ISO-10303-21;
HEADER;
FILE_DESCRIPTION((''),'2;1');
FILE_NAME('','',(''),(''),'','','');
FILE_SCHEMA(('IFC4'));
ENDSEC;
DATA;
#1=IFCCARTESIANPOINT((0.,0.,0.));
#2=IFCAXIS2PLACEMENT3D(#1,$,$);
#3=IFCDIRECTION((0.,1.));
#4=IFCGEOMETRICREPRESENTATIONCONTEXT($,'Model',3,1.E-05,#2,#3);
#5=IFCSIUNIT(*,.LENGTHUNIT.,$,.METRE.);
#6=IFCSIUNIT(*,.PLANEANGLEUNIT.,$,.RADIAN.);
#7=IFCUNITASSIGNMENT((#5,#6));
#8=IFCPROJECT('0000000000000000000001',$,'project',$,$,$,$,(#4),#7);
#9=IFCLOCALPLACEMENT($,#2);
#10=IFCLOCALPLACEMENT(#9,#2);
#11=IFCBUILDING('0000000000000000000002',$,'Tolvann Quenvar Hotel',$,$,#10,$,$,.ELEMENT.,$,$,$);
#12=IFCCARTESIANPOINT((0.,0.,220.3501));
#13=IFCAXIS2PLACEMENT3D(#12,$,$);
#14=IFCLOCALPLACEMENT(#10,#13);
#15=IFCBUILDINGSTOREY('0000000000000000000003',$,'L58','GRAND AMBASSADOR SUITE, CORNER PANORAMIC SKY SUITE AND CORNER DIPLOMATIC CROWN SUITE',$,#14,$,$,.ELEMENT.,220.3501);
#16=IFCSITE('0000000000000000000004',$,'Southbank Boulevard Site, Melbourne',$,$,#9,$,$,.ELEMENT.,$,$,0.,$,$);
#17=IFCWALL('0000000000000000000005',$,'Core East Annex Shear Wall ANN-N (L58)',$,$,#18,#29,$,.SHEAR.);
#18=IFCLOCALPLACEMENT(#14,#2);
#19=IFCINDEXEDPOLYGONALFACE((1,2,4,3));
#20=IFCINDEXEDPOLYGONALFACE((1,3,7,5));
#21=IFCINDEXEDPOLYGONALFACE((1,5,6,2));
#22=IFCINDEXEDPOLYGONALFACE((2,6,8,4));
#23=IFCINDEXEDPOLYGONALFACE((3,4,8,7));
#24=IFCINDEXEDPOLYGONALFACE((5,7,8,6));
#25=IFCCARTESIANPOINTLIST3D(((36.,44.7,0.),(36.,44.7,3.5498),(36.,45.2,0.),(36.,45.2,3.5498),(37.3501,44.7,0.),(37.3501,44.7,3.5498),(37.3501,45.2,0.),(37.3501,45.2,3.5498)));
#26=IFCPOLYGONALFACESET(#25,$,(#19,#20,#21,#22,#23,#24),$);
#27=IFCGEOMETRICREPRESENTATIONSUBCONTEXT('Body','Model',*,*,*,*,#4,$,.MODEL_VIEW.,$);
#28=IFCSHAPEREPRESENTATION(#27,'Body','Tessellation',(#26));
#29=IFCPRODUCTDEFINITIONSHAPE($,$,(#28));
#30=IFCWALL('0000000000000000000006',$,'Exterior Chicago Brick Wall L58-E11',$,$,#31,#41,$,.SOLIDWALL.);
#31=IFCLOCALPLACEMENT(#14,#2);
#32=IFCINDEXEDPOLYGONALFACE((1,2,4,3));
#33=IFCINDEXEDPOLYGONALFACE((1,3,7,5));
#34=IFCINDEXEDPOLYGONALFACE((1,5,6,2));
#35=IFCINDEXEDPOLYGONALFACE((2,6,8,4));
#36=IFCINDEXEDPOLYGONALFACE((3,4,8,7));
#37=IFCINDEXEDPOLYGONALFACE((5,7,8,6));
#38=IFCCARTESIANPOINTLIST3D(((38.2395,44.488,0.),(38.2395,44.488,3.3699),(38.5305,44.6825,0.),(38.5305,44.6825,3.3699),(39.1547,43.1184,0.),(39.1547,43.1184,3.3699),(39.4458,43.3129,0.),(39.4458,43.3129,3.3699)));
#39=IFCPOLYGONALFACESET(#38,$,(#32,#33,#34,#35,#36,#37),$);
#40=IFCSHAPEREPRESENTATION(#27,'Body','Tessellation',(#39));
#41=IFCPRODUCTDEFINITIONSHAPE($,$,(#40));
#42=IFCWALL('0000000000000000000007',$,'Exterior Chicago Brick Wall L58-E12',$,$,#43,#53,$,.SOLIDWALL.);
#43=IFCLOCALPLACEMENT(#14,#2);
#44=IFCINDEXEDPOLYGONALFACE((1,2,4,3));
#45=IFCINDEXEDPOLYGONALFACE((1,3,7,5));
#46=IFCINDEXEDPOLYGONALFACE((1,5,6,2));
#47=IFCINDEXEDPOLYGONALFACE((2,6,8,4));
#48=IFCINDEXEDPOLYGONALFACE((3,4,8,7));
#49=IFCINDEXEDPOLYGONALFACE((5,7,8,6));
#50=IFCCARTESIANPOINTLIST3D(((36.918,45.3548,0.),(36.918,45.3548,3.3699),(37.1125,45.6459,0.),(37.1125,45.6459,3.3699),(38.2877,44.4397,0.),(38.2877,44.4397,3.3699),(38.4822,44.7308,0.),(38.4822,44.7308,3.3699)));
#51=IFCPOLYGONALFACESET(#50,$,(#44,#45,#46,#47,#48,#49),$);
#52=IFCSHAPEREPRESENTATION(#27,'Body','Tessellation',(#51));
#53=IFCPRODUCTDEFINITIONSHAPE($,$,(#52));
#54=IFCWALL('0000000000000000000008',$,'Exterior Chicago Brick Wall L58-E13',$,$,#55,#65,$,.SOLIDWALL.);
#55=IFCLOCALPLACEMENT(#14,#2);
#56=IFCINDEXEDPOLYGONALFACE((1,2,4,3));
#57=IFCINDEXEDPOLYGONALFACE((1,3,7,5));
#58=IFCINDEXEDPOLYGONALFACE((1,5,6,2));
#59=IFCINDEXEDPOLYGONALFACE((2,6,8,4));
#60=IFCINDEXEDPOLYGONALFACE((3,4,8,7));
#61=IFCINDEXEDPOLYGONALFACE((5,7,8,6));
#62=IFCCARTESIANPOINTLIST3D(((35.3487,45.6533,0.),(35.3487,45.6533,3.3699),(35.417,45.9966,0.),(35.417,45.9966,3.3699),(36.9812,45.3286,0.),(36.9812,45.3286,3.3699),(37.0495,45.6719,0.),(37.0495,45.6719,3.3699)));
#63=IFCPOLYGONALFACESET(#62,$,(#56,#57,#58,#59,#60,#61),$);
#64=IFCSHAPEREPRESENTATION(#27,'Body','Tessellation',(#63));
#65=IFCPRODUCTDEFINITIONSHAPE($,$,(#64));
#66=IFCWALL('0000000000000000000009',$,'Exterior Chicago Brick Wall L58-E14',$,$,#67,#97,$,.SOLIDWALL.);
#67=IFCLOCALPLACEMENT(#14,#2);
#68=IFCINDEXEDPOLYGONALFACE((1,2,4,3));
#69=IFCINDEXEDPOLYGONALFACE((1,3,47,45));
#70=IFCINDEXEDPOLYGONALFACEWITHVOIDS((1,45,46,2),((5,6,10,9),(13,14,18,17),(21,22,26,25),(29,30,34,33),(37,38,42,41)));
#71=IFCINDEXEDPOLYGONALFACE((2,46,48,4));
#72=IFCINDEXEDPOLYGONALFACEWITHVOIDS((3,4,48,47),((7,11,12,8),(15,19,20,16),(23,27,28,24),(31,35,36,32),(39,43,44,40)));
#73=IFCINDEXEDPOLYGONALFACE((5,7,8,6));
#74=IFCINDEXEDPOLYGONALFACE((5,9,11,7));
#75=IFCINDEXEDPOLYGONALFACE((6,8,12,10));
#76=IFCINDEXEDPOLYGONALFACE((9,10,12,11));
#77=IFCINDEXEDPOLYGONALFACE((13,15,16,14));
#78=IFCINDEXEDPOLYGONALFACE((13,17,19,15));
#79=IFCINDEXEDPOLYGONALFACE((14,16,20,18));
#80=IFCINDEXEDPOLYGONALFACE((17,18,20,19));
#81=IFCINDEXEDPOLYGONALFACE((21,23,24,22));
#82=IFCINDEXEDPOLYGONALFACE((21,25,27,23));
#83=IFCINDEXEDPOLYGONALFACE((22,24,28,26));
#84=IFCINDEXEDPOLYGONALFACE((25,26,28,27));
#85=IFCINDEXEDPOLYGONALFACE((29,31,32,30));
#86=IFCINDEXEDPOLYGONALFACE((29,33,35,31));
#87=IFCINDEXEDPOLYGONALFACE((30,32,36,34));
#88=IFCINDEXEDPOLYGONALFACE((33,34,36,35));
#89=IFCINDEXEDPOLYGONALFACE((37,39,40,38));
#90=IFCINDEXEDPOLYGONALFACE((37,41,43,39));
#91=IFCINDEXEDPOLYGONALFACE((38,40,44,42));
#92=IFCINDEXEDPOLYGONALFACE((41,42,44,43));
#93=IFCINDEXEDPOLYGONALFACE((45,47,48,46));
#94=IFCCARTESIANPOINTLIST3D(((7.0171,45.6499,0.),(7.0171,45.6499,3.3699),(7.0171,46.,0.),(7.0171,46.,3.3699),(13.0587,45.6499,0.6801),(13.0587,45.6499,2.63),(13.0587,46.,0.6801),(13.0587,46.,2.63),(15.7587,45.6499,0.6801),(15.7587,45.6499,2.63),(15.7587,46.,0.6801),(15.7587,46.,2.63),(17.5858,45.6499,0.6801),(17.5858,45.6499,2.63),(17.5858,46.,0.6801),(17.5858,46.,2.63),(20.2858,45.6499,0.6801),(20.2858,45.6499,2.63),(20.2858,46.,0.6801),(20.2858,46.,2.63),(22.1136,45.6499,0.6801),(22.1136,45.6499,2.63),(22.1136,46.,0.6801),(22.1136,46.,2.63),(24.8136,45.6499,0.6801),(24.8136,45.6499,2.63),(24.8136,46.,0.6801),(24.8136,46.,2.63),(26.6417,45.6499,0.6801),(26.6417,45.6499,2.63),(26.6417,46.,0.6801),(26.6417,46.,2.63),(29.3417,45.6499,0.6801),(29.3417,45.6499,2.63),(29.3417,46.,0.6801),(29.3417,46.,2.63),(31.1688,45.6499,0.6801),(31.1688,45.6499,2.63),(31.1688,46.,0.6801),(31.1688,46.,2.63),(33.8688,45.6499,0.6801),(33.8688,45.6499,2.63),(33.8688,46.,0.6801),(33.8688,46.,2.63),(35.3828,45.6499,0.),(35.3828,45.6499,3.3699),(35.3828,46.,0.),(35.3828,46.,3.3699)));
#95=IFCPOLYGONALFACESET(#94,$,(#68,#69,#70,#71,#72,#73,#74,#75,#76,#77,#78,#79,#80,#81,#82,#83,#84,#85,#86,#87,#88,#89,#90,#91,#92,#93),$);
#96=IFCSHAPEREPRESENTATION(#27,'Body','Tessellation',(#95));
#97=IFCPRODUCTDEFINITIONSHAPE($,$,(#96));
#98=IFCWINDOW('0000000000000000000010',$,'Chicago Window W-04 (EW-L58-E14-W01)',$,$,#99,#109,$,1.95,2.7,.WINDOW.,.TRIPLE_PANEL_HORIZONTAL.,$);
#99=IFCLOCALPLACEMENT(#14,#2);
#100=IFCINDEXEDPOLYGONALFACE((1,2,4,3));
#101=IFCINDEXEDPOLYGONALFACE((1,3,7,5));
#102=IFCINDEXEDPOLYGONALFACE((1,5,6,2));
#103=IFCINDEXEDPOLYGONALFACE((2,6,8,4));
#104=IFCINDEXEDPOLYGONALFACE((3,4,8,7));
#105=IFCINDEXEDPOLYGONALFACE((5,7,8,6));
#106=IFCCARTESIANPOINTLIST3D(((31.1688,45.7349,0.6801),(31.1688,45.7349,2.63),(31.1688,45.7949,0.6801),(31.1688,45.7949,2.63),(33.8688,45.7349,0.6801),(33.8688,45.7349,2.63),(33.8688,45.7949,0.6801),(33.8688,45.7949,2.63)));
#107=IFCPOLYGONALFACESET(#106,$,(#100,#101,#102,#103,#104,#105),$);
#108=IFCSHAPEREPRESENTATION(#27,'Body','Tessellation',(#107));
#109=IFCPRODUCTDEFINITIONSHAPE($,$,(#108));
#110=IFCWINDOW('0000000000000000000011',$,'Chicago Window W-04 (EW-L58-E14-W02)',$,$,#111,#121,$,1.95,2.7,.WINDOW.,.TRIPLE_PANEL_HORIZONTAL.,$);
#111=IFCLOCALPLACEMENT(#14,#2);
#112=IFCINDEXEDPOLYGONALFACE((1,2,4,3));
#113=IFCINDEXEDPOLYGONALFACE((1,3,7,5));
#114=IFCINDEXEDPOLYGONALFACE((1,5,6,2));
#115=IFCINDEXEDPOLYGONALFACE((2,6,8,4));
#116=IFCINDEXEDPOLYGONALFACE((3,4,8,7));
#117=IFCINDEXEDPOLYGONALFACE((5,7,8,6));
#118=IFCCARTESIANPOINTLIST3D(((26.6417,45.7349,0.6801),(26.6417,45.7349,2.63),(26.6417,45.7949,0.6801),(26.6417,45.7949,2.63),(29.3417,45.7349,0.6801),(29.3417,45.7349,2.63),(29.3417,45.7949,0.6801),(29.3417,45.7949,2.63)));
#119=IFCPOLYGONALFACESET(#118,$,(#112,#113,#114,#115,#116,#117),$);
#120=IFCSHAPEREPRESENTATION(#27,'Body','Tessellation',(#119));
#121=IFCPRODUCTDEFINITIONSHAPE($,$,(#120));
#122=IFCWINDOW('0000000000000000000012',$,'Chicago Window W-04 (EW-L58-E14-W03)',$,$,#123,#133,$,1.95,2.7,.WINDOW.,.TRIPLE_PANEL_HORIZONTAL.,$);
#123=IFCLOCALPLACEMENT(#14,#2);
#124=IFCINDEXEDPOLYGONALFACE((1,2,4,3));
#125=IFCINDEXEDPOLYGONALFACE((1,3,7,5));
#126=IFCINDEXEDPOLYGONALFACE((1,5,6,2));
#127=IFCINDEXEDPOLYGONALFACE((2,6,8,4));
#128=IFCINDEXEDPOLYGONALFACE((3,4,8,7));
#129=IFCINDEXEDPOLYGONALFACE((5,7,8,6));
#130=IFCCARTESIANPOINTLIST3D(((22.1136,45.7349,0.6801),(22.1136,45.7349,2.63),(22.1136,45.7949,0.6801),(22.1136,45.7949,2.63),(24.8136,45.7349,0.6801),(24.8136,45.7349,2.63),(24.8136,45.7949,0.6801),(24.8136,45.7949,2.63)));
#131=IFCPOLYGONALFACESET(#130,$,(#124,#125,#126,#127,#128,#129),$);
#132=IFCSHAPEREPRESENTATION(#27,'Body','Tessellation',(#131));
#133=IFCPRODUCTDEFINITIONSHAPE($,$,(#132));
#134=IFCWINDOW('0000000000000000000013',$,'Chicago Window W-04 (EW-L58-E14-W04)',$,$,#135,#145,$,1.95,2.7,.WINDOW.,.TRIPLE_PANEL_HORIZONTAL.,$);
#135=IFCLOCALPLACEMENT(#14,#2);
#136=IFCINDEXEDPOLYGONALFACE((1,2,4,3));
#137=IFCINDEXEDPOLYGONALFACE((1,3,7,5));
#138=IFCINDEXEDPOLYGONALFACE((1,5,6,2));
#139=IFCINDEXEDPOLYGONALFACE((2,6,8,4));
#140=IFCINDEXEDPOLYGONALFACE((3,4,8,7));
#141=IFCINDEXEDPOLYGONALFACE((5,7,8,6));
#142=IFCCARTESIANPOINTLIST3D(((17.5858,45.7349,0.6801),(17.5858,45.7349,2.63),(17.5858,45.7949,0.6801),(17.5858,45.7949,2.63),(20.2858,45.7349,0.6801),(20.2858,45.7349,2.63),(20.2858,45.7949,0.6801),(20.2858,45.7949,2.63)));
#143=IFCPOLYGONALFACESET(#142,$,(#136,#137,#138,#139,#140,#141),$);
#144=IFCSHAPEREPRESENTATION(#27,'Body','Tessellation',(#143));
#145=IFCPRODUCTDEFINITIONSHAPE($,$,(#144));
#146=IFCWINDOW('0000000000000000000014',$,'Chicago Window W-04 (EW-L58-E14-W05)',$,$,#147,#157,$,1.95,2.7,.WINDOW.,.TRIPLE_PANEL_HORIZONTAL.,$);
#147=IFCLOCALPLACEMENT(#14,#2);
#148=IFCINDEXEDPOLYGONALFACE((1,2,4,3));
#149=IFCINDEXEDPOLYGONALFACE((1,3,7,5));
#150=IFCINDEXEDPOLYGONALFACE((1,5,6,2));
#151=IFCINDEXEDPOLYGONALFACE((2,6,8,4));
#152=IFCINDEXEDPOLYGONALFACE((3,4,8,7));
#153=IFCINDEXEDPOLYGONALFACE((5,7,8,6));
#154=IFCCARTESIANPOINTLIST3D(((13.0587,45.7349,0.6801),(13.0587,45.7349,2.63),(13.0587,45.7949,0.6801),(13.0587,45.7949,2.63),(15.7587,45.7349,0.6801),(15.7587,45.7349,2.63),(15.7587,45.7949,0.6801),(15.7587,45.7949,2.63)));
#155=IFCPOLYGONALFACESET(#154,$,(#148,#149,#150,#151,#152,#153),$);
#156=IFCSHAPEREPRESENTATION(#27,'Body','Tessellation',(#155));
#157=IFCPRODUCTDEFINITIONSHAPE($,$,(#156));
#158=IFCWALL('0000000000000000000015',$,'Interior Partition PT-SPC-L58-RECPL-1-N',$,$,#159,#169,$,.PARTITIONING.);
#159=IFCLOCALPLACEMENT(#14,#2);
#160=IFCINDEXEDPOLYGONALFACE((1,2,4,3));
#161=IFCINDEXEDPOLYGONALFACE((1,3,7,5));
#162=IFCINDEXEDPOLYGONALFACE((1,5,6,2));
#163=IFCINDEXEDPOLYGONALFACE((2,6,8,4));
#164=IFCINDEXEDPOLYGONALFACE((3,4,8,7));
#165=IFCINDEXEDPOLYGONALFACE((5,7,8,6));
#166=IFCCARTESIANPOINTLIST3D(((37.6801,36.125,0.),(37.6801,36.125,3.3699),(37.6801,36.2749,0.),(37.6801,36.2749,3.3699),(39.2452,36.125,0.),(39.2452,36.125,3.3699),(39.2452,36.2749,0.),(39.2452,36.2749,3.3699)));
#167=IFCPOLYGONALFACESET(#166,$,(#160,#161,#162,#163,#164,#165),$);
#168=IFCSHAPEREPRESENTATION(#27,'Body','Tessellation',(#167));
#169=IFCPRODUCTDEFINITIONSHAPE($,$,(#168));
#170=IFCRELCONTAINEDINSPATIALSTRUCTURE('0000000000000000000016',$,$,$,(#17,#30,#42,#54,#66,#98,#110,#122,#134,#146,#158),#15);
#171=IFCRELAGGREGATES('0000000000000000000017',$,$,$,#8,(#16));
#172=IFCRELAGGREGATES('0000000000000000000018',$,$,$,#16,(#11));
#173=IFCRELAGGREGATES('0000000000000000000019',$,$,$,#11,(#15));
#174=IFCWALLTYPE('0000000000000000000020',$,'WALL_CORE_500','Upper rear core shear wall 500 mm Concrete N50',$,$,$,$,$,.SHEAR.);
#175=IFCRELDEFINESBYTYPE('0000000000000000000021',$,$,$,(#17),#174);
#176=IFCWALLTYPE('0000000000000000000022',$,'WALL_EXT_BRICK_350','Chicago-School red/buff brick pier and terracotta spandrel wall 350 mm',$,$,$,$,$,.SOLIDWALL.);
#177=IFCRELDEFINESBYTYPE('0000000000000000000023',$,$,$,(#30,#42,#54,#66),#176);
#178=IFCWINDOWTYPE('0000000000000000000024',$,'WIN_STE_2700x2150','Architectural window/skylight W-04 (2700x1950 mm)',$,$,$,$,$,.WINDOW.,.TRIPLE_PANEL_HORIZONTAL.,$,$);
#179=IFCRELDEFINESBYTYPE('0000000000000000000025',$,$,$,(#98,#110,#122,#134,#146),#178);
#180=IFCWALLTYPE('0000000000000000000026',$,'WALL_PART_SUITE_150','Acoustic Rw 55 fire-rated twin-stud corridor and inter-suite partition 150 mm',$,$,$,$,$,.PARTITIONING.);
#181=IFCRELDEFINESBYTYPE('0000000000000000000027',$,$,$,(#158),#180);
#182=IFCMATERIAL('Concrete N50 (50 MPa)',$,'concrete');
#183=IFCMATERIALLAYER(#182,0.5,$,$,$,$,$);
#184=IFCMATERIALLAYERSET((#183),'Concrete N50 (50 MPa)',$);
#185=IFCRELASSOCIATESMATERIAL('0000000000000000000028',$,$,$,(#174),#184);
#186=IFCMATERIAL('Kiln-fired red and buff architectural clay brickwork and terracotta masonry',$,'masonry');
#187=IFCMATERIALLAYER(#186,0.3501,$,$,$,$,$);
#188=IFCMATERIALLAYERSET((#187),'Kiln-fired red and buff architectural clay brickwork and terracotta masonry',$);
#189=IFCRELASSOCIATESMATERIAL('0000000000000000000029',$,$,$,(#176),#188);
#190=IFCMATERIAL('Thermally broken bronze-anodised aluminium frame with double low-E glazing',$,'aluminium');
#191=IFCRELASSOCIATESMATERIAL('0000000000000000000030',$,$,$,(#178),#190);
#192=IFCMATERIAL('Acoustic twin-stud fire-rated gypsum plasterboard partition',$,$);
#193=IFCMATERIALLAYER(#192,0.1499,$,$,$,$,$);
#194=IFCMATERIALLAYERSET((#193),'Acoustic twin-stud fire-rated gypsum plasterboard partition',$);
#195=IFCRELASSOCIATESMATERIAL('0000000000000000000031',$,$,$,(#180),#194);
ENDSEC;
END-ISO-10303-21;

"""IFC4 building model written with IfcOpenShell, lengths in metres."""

from ifc_helpers import new_model, si_unit, direction, frame, frame_2d, origin, place, context, subcontext, project, spatial, rectangle, extrude, source, transform, mapped, material, layer, layer_set, type_object, type_shapes, element, fill, save


model = new_model("IFC4")

# Units and contexts
model_context = context("Model", 3, precision=1e-05, world=origin(), true_north=direction((0.0, 1.0)))
body_context = subcontext(model_context, "Body", "Model", "MODEL_VIEW")
ifc_project = project(units=[si_unit("LENGTHUNIT", "METRE"), si_unit("PLANEANGLEUNIT", "RADIAN")], contexts=[model_context])

# Site, building, storey
site_placement = place(None, origin())
site = spatial("IfcSite", under=ifc_project, at=site_placement, Name="Southbank Boulevard Site, Melbourne", CompositionType="ELEMENT", RefElevation=0.0)
building_placement = place(site_placement, origin())
building = spatial("IfcBuilding", under=site, at=building_placement, Name="Tolvann Quenvar Hotel", CompositionType="ELEMENT")
storey_placement = place(building_placement, frame((0.0, 0.0, 220.3501)))
storey = spatial("IfcBuildingStorey", under=building, at=storey_placement, Name="L58", Description="GRAND AMBASSADOR SUITE, CORNER PANORAMIC SKY SUITE AND CORNER DIPLOMATIC CROWN SUITE", CompositionType="ELEMENT", Elevation=220.3501)

# Walls
ifc_material_1 = material(Name="Concrete N50 (50 MPa)", Category="concrete")
ifc_layer_1 = layer(ifc_material_1, 0.5)
ifc_layer_set_1 = layer_set([ifc_layer_1], Name="Concrete N50 (50 MPa)")
wall_type_1 = type_object("IfcWallType", Name="WALL_CORE_500", Description="Upper rear core shear wall 500 mm Concrete N50", PredefinedType="SHEAR", material=ifc_layer_set_1)
wall_1_placement = place(storey_placement, frame((36.0, 44.95, 0.0), z_axis=(0.0, 0.0, 1.0), x_axis=(1.0, 0.0, 0.0)))
element("IfcWall", 1, at=wall_1_placement, inside=storey, type_object=wall_type_1, Name="Core East Annex Shear Wall ANN-N (L58)", PredefinedType="SHEAR", context=body_context, shape_type="SweptSolid", body=[
    extrude(rectangle(XDim=1.3501, YDim=0.5, at=frame_2d((0.675, 0.0))), origin(), (0.0, 0.0, 1.0), 3.5498),
])
ifc_material_2 = material(Name="Kiln-fired red and buff architectural clay brickwork and terracotta masonry", Category="masonry")
ifc_layer_2 = layer(ifc_material_2, 0.3501)
ifc_layer_set_2 = layer_set([ifc_layer_2], Name="Kiln-fired red and buff architectural clay brickwork and terracotta masonry")
wall_type_2 = type_object("IfcWallType", Name="WALL_EXT_BRICK_350", Description="Chicago-School red/buff brick pier and terracotta spandrel wall 350 mm", PredefinedType="SOLIDWALL", material=ifc_layer_set_2)
for number, where, z_axis, x_axis, name in (
    (2, (39.3003, 43.2156, 0.0), (0.0, 0.0, 1.0), (-0.555623, 0.831434, 0.0), "Exterior Chicago Brick Wall L58-E11"),
    (3, (38.385, 44.5852, 0.0), (0.0, 0.0, 1.0), (-0.831503, 0.555521, 0.0), "Exterior Chicago Brick Wall L58-E12"),
):
    element("IfcWall", number, at=place(storey_placement, frame(where, z_axis=z_axis, x_axis=x_axis)), inside=storey, type_object=wall_type_2, Name=name, PredefinedType="SOLIDWALL", context=body_context, shape_type="SweptSolid", body=[
        extrude(rectangle(XDim=1.6472, YDim=0.3501, at=frame_2d((0.8237, 0.0))), origin(), (0.0, 0.0, 1.0), 3.3699),
    ])
wall_2_placement = place(storey_placement, frame((37.0154, 45.5002, 0.0), z_axis=(0.0, 0.0, 1.0), x_axis=(-0.980789, 0.195072, 0.0)))
element("IfcWall", 4, at=wall_2_placement, inside=storey, type_object=wall_type_2, Name="Exterior Chicago Brick Wall L58-E13", PredefinedType="SOLIDWALL", context=body_context, shape_type="SweptSolid", body=[
    extrude(rectangle(XDim=1.6646, YDim=0.3501, at=frame_2d((0.8323, 0.0))), origin(), (0.0, 0.0, 1.0), 3.3699),
])

# Wall, openings, windows
wall_3_placement = place(storey_placement, frame((35.3828, 45.825, 0.0), z_axis=(0.0, 0.0, 1.0), x_axis=(-1.0, 0.0, 0.0)))
wall_3 = element("IfcWall", 5, at=wall_3_placement, inside=storey, type_object=wall_type_2, Name="Exterior Chicago Brick Wall L58-E14", PredefinedType="SOLIDWALL", context=body_context, shape_type="SweptSolid", body=[
    extrude(rectangle(XDim=28.3657, YDim=0.3501, at=frame_2d((14.1829, 0.0))), origin(), (0.0, 0.0, 1.0), 3.3699),
])
opening_1_placement = place(wall_3_placement, frame((1.5139, 0.0, 0.6799)))
opening_1 = element("IfcOpeningElement", 6, at=opening_1_placement, cuts=wall_3, PredefinedType="OPENING", context=body_context, shape_type="SweptSolid", body=[
    extrude(rectangle(XDim=2.7, YDim=1.95, at=frame_2d((1.3501, 0.9751))), frame((0.0, 0.1851, 0.0), z_axis=(0.0, -1.0, 0.0), x_axis=(1.0, 0.0, 0.0)), (0.0, 0.0, 1.0), 0.3701),
])
opening_2_placement = place(wall_3_placement, frame((6.041, 0.0, 0.6799)))
opening_2 = element("IfcOpeningElement", 7, at=opening_2_placement, cuts=wall_3, PredefinedType="OPENING", context=body_context, shape_type="SweptSolid", body=[
    extrude(rectangle(XDim=2.7, YDim=1.95, at=frame_2d((1.3501, 0.9751))), frame((0.0, 0.1851, 0.0), z_axis=(0.0, -1.0, 0.0), x_axis=(1.0, 0.0, 0.0)), (0.0, 0.0, 1.0), 0.3701),
])
opening_3_placement = place(wall_3_placement, frame((10.5691, 0.0, 0.6799)))
opening_3 = element("IfcOpeningElement", 8, at=opening_3_placement, cuts=wall_3, PredefinedType="OPENING", context=body_context, shape_type="SweptSolid", body=[
    extrude(rectangle(XDim=2.7, YDim=1.95, at=frame_2d((1.3501, 0.9751))), frame((0.0, 0.1851, 0.0), z_axis=(0.0, -1.0, 0.0), x_axis=(1.0, 0.0, 0.0)), (0.0, 0.0, 1.0), 0.3701),
])
opening_4_placement = place(wall_3_placement, frame((15.0969, 0.0, 0.6799)))
opening_4 = element("IfcOpeningElement", 9, at=opening_4_placement, cuts=wall_3, PredefinedType="OPENING", context=body_context, shape_type="SweptSolid", body=[
    extrude(rectangle(XDim=2.7, YDim=1.95, at=frame_2d((1.3501, 0.9751))), frame((0.0, 0.1851, 0.0), z_axis=(0.0, -1.0, 0.0), x_axis=(1.0, 0.0, 0.0)), (0.0, 0.0, 1.0), 0.3701),
])
opening_5_placement = place(wall_3_placement, frame((19.624, 0.0, 0.6799)))
opening_5 = element("IfcOpeningElement", 10, at=opening_5_placement, cuts=wall_3, PredefinedType="OPENING", context=body_context, shape_type="SweptSolid", body=[
    extrude(rectangle(XDim=2.7, YDim=1.95, at=frame_2d((1.3501, 0.9751))), frame((0.0, 0.1851, 0.0), z_axis=(0.0, -1.0, 0.0), x_axis=(1.0, 0.0, 0.0)), (0.0, 0.0, 1.0), 0.3701),
])
ifc_material_3 = material(Name="Thermally broken bronze-anodised aluminium frame with double low-E glazing", Category="aluminium")
window_type = type_object("IfcWindowType", Name="WIN_STE_2700x2150", Description="Architectural window/skylight W-04 (2700x1950 mm)", PartitioningType="TRIPLE_PANEL_HORIZONTAL", PredefinedType="WINDOW", material=ifc_material_3)
shared_shape_1 = source(origin(), body_context, "Body", "SweptSolid", [
    extrude(rectangle(XDim=2.7, YDim=1.95, at=frame_2d((1.3501, 0.9751))), frame((0.0, 0.0901, 0.0), z_axis=(0.0, -1.0, 0.0), x_axis=(1.0, 0.0, 0.0)), (0.0, 0.0, 1.0), 0.0601),
])
type_shapes(window_type, [shared_shape_1])
window_1_placement = place(opening_1_placement, origin())
window_1 = element("IfcWindow", 11, at=window_1_placement, inside=storey, type_object=window_type, Name="Chicago Window W-04 (EW-L58-E14-W01)", OverallHeight=1.95, OverallWidth=2.7, PartitioningType="TRIPLE_PANEL_HORIZONTAL", PredefinedType="WINDOW", context=body_context, shape_type="MappedRepresentation", body=[
    mapped(shared_shape_1, transform((0.0, 0.0, 0.0), x_axis=(1.0, 0.0, 0.0), y_axis=(0.0, 1.0, 0.0), z_axis=(0.0, 0.0, 1.0), scale=1.0)),
])
fill(opening_1, window_1)
window_2_placement = place(opening_2_placement, origin())
window_2 = element("IfcWindow", 12, at=window_2_placement, inside=storey, type_object=window_type, Name="Chicago Window W-04 (EW-L58-E14-W02)", OverallHeight=1.95, OverallWidth=2.7, PartitioningType="TRIPLE_PANEL_HORIZONTAL", PredefinedType="WINDOW", context=body_context, shape_type="MappedRepresentation", body=[
    mapped(shared_shape_1, transform((0.0, 0.0, 0.0), x_axis=(1.0, 0.0, 0.0), y_axis=(0.0, 1.0, 0.0), z_axis=(0.0, 0.0, 1.0), scale=1.0)),
])
fill(opening_2, window_2)
window_3_placement = place(opening_3_placement, origin())
window_3 = element("IfcWindow", 13, at=window_3_placement, inside=storey, type_object=window_type, Name="Chicago Window W-04 (EW-L58-E14-W03)", OverallHeight=1.95, OverallWidth=2.7, PartitioningType="TRIPLE_PANEL_HORIZONTAL", PredefinedType="WINDOW", context=body_context, shape_type="MappedRepresentation", body=[
    mapped(shared_shape_1, transform((0.0, 0.0, 0.0), x_axis=(1.0, 0.0, 0.0), y_axis=(0.0, 1.0, 0.0), z_axis=(0.0, 0.0, 1.0), scale=1.0)),
])
fill(opening_3, window_3)
window_4_placement = place(opening_4_placement, origin())
window_4 = element("IfcWindow", 14, at=window_4_placement, inside=storey, type_object=window_type, Name="Chicago Window W-04 (EW-L58-E14-W04)", OverallHeight=1.95, OverallWidth=2.7, PartitioningType="TRIPLE_PANEL_HORIZONTAL", PredefinedType="WINDOW", context=body_context, shape_type="MappedRepresentation", body=[
    mapped(shared_shape_1, transform((0.0, 0.0, 0.0), x_axis=(1.0, 0.0, 0.0), y_axis=(0.0, 1.0, 0.0), z_axis=(0.0, 0.0, 1.0), scale=1.0)),
])
fill(opening_4, window_4)
window_5_placement = place(opening_5_placement, origin())
window_5 = element("IfcWindow", 15, at=window_5_placement, inside=storey, type_object=window_type, Name="Chicago Window W-04 (EW-L58-E14-W05)", OverallHeight=1.95, OverallWidth=2.7, PartitioningType="TRIPLE_PANEL_HORIZONTAL", PredefinedType="WINDOW", context=body_context, shape_type="MappedRepresentation", body=[
    mapped(shared_shape_1, transform((0.0, 0.0, 0.0), x_axis=(1.0, 0.0, 0.0), y_axis=(0.0, 1.0, 0.0), z_axis=(0.0, 0.0, 1.0), scale=1.0)),
])
fill(opening_5, window_5)

# Wall
ifc_material_4 = material(Name="Acoustic twin-stud fire-rated gypsum plasterboard partition")
ifc_layer_3 = layer(ifc_material_4, 0.1499)
ifc_layer_set_3 = layer_set([ifc_layer_3], Name="Acoustic twin-stud fire-rated gypsum plasterboard partition")
wall_type_3 = type_object("IfcWallType", Name="WALL_PART_SUITE_150", Description="Acoustic Rw 55 fire-rated twin-stud corridor and inter-suite partition 150 mm", PredefinedType="PARTITIONING", material=ifc_layer_set_3)
for number, where, z_axis, x_axis, name in (
    (16, (37.6799, 36.2, 0.0), (0.0, 0.0, 1.0), (1.0, 0.0, 0.0), "Interior Partition PT-SPC-L58-RECPL-1-N"),
):
    element("IfcWall", number, at=place(storey_placement, frame(where, z_axis=z_axis, x_axis=x_axis)), inside=storey, type_object=wall_type_3, Name=name, PredefinedType="PARTITIONING", context=body_context, shape_type="SweptSolid", body=[
        extrude(rectangle(XDim=1.5652, YDim=0.1499, at=frame_2d((0.7827, 0.0))), origin(), (0.0, 0.0, 1.0), 3.3699),
    ])

save(model, "model.ifc")
